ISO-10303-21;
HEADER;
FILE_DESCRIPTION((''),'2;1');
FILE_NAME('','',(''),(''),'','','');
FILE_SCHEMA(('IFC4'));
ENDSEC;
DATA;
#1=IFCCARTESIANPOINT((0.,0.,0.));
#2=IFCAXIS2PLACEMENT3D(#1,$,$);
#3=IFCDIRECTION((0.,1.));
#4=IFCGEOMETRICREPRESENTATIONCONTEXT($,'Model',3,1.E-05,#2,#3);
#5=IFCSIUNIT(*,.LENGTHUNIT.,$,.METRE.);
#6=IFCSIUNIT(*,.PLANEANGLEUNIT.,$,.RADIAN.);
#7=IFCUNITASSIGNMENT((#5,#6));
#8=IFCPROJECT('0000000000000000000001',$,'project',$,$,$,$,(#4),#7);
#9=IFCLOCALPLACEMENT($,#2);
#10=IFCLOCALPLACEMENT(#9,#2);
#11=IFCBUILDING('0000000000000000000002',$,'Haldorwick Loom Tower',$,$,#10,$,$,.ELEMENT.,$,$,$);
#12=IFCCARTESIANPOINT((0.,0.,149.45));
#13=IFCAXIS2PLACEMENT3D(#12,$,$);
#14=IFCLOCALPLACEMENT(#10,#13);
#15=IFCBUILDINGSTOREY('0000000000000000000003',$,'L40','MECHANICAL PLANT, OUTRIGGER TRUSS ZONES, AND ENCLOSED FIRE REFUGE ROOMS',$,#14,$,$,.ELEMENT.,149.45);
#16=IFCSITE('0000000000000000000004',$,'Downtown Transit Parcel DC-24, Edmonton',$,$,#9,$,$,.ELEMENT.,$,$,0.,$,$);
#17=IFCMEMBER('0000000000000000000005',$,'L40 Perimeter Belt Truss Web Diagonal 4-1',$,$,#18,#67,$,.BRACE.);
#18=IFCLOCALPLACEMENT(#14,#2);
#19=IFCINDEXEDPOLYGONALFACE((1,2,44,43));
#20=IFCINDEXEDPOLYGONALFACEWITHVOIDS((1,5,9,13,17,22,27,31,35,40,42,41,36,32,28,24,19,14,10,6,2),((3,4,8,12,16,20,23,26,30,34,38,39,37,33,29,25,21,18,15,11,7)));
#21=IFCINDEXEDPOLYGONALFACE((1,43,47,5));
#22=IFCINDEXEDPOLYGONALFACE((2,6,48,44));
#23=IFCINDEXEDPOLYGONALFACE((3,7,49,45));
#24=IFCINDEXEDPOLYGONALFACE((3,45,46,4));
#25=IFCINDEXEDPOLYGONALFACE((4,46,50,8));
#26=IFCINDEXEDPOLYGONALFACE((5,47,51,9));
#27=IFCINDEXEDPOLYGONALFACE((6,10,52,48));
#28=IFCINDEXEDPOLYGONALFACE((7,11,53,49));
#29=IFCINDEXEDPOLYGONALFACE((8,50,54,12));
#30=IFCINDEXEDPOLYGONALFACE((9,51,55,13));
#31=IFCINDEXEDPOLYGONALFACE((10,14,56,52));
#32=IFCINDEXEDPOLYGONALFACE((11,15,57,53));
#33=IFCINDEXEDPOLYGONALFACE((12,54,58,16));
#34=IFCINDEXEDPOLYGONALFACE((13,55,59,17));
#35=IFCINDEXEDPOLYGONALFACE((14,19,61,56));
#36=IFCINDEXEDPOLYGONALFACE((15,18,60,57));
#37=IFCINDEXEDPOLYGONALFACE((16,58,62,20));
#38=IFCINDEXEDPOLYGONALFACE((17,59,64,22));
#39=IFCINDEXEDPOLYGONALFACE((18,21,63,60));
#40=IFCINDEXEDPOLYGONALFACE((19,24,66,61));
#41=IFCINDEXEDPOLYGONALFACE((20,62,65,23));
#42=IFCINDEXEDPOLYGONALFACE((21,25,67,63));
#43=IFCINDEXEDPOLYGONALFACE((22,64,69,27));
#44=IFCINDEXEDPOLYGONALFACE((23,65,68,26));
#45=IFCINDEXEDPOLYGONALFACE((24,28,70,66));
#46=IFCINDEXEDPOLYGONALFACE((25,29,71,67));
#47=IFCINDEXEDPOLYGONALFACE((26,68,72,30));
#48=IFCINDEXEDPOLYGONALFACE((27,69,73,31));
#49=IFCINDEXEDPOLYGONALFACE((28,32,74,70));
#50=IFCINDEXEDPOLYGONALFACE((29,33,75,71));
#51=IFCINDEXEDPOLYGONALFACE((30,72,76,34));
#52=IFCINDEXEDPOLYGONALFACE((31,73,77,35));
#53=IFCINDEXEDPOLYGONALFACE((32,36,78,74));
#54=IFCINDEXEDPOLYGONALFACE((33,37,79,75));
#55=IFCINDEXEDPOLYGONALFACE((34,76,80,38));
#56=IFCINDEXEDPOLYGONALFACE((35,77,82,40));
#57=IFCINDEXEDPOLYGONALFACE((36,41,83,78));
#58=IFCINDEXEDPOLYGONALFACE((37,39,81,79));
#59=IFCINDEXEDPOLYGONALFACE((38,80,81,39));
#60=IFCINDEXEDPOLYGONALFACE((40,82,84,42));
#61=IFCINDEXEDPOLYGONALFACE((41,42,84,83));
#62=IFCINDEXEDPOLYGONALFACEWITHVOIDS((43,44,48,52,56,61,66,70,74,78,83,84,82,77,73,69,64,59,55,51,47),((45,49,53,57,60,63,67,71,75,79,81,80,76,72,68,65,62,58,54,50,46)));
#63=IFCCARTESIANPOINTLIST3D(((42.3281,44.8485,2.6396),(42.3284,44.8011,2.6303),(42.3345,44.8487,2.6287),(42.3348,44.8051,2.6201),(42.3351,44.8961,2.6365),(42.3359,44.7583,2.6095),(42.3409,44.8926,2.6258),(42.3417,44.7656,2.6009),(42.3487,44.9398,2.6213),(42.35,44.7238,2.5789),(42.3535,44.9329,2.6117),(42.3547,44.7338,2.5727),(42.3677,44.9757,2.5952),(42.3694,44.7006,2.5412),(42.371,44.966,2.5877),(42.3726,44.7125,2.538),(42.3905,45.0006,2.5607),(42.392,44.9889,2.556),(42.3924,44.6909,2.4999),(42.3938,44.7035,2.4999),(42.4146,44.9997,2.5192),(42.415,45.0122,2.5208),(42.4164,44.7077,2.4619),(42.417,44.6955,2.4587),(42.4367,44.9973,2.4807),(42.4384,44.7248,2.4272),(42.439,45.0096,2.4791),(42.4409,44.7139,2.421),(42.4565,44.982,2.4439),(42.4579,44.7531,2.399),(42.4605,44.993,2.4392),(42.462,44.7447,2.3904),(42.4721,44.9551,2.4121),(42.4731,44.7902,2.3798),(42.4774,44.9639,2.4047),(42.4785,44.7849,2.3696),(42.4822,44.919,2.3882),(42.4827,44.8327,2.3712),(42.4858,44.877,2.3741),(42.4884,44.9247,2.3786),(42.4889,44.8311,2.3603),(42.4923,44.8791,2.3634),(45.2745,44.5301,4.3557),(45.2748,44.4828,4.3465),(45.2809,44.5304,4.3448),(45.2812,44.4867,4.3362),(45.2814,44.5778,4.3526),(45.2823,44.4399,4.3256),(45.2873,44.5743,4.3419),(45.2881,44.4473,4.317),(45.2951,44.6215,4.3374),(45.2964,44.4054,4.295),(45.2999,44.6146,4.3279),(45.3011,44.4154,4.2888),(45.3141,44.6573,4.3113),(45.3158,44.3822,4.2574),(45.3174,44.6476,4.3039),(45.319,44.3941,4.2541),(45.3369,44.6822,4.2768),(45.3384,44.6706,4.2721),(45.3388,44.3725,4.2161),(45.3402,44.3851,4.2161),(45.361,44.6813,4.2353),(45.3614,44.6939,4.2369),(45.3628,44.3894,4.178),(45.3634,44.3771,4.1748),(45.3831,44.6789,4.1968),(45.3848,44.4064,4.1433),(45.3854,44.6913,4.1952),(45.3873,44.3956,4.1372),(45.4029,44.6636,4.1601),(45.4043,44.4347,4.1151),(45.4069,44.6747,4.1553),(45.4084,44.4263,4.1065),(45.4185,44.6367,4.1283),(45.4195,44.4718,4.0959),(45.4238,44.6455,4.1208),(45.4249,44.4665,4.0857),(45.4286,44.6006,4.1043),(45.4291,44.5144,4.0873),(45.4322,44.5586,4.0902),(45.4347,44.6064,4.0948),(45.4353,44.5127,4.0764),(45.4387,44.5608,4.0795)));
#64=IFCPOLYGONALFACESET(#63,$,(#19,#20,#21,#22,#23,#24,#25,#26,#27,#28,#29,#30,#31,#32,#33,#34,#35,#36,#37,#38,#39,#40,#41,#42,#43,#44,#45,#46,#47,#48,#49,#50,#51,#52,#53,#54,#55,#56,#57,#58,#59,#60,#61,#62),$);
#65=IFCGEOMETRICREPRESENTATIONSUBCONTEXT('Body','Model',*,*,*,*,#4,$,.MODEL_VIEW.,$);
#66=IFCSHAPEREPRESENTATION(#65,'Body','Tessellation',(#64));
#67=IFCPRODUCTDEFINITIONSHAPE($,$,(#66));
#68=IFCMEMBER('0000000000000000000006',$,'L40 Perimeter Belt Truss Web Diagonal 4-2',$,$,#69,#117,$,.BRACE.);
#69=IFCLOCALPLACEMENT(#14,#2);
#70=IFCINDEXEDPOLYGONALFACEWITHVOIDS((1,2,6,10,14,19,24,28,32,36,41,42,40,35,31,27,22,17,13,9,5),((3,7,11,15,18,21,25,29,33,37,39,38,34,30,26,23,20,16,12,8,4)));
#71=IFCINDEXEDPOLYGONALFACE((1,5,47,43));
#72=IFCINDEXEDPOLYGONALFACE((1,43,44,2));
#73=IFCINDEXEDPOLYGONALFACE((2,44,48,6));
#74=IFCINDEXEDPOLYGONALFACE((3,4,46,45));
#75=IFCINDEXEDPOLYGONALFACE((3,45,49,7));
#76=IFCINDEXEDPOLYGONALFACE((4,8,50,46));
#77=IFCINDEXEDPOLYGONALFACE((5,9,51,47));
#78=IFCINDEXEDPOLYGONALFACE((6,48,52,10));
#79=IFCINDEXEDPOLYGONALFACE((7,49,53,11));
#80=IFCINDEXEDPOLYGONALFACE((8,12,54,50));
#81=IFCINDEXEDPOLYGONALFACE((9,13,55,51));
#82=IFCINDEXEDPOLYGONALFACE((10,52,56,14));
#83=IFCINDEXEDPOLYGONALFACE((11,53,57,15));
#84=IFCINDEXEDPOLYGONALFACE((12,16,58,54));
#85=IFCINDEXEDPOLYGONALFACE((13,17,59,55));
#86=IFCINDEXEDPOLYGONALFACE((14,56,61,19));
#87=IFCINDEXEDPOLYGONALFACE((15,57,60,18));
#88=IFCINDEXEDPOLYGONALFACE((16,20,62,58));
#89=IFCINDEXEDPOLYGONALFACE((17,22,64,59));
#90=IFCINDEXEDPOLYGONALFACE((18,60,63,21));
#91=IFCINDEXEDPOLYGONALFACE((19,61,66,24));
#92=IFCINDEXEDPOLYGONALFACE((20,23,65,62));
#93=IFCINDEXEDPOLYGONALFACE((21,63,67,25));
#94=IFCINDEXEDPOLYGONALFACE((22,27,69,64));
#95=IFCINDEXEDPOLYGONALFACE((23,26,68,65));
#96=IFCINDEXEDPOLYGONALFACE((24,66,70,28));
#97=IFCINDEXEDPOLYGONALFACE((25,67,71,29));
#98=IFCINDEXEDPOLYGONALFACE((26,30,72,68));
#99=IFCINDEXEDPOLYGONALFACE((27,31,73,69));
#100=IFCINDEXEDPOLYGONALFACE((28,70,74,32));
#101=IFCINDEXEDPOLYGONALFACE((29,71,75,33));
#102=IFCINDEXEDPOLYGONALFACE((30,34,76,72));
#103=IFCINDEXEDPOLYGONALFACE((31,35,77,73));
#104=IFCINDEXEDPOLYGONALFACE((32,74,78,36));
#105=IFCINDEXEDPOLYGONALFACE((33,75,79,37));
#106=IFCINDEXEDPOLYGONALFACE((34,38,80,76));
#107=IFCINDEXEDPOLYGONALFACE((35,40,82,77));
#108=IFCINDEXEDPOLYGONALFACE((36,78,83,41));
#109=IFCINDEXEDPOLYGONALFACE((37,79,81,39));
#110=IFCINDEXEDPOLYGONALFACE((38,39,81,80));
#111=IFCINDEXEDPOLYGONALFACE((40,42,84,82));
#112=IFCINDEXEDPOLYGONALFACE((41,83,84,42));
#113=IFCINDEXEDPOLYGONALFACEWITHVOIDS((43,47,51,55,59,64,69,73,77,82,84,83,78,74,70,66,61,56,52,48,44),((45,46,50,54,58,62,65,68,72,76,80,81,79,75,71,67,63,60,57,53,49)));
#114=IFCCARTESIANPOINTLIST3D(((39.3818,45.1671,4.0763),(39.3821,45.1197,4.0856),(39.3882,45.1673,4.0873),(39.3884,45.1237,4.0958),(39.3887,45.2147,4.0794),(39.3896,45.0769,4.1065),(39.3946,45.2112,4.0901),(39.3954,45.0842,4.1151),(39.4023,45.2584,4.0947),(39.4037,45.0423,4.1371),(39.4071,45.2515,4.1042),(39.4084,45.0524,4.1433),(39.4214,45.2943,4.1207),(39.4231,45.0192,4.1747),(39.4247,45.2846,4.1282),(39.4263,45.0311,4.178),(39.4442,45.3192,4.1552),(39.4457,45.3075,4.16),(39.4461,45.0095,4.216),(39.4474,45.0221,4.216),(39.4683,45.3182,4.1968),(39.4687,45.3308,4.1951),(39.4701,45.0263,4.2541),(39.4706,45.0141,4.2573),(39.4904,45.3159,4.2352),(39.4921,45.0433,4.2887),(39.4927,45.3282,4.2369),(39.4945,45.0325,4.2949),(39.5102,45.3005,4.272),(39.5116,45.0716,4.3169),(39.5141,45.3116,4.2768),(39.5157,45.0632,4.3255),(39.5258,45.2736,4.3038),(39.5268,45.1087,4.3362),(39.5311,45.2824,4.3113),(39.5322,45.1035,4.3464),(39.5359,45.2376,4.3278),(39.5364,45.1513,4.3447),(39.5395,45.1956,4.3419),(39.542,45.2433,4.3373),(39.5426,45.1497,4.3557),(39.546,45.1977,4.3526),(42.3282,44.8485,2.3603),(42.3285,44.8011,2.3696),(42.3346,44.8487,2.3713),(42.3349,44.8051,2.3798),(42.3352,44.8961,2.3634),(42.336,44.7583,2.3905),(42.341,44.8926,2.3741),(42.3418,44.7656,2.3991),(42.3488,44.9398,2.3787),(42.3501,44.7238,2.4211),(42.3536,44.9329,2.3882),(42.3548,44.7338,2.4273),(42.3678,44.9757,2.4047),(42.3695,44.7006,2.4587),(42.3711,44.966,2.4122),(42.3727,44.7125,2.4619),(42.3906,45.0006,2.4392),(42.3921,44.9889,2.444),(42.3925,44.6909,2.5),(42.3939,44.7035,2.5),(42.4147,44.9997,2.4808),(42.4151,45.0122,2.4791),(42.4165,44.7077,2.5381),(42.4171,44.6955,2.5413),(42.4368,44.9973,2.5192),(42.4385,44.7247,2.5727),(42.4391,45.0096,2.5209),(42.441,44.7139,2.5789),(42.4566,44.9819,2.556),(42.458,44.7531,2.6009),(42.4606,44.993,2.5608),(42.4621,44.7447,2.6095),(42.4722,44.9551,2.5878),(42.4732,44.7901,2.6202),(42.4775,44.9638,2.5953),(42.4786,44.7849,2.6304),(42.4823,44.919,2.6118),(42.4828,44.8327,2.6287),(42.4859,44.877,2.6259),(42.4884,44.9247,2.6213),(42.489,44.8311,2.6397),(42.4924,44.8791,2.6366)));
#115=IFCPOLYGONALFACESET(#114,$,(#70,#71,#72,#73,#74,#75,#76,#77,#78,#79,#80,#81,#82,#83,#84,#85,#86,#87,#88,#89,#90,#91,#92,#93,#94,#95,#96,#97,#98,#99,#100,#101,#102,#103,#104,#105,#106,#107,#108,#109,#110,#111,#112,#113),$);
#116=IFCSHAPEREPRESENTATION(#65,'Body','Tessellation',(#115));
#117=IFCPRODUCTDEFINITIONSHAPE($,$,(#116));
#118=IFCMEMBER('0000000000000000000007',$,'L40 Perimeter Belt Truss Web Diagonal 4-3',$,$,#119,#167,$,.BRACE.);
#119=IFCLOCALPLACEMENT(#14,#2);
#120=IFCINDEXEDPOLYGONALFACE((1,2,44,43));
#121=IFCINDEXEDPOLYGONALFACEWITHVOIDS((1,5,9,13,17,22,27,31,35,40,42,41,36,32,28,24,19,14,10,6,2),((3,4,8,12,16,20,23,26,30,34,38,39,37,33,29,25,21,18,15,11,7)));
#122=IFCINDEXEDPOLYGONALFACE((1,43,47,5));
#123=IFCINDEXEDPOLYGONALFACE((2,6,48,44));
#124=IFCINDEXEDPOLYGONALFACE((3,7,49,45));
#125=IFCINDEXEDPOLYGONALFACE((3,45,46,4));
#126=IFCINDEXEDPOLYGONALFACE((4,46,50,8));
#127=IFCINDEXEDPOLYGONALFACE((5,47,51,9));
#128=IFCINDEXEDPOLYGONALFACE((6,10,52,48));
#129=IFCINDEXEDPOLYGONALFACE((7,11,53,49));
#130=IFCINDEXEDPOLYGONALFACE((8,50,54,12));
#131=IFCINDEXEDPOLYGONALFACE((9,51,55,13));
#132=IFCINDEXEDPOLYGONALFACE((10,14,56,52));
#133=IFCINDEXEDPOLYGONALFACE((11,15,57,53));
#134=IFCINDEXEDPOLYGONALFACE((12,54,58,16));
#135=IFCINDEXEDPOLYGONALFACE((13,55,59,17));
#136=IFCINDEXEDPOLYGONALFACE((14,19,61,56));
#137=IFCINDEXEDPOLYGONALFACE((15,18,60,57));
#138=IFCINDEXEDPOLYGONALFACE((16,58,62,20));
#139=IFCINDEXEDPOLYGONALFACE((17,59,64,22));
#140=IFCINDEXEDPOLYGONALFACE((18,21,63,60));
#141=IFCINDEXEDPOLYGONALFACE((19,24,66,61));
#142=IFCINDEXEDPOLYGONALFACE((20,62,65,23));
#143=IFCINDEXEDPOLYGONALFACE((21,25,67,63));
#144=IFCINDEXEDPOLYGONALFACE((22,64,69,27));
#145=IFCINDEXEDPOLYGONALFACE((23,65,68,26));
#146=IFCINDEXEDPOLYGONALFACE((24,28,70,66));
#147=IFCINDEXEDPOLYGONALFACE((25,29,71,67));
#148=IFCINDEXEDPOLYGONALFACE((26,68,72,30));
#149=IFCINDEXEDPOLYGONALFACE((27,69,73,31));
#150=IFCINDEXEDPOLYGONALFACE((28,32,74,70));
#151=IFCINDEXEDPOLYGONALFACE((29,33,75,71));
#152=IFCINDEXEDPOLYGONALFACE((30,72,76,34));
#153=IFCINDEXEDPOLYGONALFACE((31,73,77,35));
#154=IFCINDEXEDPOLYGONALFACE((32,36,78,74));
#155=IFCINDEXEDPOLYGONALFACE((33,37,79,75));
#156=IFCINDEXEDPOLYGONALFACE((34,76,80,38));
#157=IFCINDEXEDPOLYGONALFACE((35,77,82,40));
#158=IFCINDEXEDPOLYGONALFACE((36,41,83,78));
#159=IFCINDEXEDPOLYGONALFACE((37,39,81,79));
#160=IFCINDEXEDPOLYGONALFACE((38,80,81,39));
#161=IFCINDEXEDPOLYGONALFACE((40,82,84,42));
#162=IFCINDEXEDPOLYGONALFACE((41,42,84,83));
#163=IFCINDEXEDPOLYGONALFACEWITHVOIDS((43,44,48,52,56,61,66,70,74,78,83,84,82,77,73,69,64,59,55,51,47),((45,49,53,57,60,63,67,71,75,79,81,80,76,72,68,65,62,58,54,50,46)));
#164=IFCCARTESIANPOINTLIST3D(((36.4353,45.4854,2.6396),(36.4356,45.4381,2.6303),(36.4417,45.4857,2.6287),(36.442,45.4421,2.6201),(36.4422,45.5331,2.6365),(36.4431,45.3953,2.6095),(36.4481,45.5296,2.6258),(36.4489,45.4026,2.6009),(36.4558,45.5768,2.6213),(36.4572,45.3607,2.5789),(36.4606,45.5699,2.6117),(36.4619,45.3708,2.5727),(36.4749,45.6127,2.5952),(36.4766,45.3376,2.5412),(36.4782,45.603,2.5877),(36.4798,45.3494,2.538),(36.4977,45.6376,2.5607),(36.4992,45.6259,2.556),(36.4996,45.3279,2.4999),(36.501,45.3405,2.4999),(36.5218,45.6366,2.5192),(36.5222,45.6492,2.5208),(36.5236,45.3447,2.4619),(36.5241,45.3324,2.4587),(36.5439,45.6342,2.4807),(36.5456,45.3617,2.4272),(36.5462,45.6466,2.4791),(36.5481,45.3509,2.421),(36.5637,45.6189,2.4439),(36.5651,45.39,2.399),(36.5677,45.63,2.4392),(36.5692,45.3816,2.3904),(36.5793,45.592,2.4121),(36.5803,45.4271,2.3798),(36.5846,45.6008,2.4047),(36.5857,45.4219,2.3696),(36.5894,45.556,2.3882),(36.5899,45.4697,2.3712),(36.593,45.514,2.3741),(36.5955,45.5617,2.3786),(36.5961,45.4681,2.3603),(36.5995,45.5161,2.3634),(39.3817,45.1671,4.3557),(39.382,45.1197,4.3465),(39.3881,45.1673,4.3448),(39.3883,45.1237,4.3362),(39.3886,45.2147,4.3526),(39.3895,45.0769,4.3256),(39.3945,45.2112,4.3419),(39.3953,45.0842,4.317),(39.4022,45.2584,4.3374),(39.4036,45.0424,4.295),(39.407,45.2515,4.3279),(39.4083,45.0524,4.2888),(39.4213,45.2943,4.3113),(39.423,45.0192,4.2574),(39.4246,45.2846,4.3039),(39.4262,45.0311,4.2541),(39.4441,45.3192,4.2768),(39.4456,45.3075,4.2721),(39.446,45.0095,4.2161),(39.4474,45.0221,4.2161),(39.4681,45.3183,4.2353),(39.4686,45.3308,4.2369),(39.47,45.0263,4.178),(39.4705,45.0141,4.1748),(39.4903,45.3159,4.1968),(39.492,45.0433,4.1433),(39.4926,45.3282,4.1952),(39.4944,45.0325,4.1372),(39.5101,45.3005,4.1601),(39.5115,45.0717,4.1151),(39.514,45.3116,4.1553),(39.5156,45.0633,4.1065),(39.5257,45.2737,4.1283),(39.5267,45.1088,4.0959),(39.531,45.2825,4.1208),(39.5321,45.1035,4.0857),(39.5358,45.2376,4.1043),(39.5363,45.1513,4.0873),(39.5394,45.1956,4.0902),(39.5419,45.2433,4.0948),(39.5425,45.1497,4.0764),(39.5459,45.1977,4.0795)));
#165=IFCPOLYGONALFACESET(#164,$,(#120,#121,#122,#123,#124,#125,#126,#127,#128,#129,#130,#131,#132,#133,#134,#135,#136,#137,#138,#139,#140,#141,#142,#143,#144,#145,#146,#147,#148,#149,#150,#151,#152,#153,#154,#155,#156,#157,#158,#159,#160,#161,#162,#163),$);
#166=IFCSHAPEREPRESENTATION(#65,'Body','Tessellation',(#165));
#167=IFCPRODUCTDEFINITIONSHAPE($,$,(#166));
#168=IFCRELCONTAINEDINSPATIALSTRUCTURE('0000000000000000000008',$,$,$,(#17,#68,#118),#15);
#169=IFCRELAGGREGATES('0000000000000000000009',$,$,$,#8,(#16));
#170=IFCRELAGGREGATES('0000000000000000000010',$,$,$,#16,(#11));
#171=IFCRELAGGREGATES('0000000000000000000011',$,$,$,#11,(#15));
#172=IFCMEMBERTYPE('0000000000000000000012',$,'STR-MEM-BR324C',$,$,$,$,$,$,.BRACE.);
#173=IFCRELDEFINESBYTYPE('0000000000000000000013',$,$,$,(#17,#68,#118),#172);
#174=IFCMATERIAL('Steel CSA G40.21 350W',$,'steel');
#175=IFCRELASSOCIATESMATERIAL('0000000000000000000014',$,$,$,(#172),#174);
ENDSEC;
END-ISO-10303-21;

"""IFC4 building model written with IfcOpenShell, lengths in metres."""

from ifc_helpers import new_model, si_unit, direction, frame, origin, origin_2d, place, context, subcontext, project, spatial, hollow_circle, extrude, material, material_profile, profile_set, type_object, element, save


model = new_model("IFC4")

# Units and contexts
model_context = context("Model", 3, precision=1e-05, world=origin(), true_north=direction((0.0, 1.0)))
body_context = subcontext(model_context, "Body", "Model", "MODEL_VIEW")
ifc_project = project(units=[si_unit("LENGTHUNIT", "METRE"), si_unit("PLANEANGLEUNIT", "RADIAN")], contexts=[model_context])

# Site, building, storey
site_placement = place(None, origin())
site = spatial("IfcSite", under=ifc_project, at=site_placement, Name="Downtown Transit Parcel DC-24, Edmonton", CompositionType="ELEMENT", RefElevation=0.0)
building_placement = place(site_placement, origin())
building = spatial("IfcBuilding", under=site, at=building_placement, Name="Haldorwick Loom Tower", CompositionType="ELEMENT")
storey_placement = place(building_placement, frame((0.0, 0.0, 149.45)))
storey = spatial("IfcBuildingStorey", under=building, at=storey_placement, Name="L40", Description="MECHANICAL PLANT, OUTRIGGER TRUSS ZONES, AND ENCLOSED FIRE REFUGE ROOMS", CompositionType="ELEMENT", Elevation=149.45)

# Shared definitions
ifc_material_1 = material(Name="Steel CSA G40.21 350W", Category="steel")

# Members
ifc_material_profile_1 = material_profile(ifc_material_1, hollow_circle(Radius=0.1619, WallThickness=0.0127, at=origin_2d()), Name="HSS324X13", Category="steel")
ifc_profile_set_1 = profile_set([ifc_material_profile_1], Name="Steel CSA G40.21 350W")
member_type_1 = type_object("IfcMemberType", Name="STR-MEM-BR324C", PredefinedType="BRACE", material=ifc_profile_set_1)
for number, where, z_axis, x_axis, name in (
    (1, (45.3562, 44.5334, 4.2161), (-0.860369, 0.092967, -0.501121), (-0.107429, -0.994213, 0.0), "L40 Perimeter Belt Truss Web Diagonal 4-1"),
    (2, (42.4099, 44.8518, 2.5), (-0.860382, 0.093032, 0.501087), (-0.107502, -0.994205, 0.0), "L40 Perimeter Belt Truss Web Diagonal 4-2"),
    (3, (39.4634, 45.1704, 4.2161), (-0.860369, 0.092967, -0.501121), (-0.107429, -0.994213, 0.0), "L40 Perimeter Belt Truss Web Diagonal 4-3"),
):
    element("IfcMember", number, at=place(storey_placement, frame(where, z_axis=z_axis, x_axis=x_axis)), inside=storey, type_object=member_type_1, Name=name, PredefinedType="BRACE", context=body_context, shape_type="SweptSolid", body=[
        extrude(hollow_circle(Radius=0.1619, WallThickness=0.0127, at=origin_2d()), origin(), (0.0, 0.0, 1.0), 3.4246),
    ])

save(model, "model.ifc")
